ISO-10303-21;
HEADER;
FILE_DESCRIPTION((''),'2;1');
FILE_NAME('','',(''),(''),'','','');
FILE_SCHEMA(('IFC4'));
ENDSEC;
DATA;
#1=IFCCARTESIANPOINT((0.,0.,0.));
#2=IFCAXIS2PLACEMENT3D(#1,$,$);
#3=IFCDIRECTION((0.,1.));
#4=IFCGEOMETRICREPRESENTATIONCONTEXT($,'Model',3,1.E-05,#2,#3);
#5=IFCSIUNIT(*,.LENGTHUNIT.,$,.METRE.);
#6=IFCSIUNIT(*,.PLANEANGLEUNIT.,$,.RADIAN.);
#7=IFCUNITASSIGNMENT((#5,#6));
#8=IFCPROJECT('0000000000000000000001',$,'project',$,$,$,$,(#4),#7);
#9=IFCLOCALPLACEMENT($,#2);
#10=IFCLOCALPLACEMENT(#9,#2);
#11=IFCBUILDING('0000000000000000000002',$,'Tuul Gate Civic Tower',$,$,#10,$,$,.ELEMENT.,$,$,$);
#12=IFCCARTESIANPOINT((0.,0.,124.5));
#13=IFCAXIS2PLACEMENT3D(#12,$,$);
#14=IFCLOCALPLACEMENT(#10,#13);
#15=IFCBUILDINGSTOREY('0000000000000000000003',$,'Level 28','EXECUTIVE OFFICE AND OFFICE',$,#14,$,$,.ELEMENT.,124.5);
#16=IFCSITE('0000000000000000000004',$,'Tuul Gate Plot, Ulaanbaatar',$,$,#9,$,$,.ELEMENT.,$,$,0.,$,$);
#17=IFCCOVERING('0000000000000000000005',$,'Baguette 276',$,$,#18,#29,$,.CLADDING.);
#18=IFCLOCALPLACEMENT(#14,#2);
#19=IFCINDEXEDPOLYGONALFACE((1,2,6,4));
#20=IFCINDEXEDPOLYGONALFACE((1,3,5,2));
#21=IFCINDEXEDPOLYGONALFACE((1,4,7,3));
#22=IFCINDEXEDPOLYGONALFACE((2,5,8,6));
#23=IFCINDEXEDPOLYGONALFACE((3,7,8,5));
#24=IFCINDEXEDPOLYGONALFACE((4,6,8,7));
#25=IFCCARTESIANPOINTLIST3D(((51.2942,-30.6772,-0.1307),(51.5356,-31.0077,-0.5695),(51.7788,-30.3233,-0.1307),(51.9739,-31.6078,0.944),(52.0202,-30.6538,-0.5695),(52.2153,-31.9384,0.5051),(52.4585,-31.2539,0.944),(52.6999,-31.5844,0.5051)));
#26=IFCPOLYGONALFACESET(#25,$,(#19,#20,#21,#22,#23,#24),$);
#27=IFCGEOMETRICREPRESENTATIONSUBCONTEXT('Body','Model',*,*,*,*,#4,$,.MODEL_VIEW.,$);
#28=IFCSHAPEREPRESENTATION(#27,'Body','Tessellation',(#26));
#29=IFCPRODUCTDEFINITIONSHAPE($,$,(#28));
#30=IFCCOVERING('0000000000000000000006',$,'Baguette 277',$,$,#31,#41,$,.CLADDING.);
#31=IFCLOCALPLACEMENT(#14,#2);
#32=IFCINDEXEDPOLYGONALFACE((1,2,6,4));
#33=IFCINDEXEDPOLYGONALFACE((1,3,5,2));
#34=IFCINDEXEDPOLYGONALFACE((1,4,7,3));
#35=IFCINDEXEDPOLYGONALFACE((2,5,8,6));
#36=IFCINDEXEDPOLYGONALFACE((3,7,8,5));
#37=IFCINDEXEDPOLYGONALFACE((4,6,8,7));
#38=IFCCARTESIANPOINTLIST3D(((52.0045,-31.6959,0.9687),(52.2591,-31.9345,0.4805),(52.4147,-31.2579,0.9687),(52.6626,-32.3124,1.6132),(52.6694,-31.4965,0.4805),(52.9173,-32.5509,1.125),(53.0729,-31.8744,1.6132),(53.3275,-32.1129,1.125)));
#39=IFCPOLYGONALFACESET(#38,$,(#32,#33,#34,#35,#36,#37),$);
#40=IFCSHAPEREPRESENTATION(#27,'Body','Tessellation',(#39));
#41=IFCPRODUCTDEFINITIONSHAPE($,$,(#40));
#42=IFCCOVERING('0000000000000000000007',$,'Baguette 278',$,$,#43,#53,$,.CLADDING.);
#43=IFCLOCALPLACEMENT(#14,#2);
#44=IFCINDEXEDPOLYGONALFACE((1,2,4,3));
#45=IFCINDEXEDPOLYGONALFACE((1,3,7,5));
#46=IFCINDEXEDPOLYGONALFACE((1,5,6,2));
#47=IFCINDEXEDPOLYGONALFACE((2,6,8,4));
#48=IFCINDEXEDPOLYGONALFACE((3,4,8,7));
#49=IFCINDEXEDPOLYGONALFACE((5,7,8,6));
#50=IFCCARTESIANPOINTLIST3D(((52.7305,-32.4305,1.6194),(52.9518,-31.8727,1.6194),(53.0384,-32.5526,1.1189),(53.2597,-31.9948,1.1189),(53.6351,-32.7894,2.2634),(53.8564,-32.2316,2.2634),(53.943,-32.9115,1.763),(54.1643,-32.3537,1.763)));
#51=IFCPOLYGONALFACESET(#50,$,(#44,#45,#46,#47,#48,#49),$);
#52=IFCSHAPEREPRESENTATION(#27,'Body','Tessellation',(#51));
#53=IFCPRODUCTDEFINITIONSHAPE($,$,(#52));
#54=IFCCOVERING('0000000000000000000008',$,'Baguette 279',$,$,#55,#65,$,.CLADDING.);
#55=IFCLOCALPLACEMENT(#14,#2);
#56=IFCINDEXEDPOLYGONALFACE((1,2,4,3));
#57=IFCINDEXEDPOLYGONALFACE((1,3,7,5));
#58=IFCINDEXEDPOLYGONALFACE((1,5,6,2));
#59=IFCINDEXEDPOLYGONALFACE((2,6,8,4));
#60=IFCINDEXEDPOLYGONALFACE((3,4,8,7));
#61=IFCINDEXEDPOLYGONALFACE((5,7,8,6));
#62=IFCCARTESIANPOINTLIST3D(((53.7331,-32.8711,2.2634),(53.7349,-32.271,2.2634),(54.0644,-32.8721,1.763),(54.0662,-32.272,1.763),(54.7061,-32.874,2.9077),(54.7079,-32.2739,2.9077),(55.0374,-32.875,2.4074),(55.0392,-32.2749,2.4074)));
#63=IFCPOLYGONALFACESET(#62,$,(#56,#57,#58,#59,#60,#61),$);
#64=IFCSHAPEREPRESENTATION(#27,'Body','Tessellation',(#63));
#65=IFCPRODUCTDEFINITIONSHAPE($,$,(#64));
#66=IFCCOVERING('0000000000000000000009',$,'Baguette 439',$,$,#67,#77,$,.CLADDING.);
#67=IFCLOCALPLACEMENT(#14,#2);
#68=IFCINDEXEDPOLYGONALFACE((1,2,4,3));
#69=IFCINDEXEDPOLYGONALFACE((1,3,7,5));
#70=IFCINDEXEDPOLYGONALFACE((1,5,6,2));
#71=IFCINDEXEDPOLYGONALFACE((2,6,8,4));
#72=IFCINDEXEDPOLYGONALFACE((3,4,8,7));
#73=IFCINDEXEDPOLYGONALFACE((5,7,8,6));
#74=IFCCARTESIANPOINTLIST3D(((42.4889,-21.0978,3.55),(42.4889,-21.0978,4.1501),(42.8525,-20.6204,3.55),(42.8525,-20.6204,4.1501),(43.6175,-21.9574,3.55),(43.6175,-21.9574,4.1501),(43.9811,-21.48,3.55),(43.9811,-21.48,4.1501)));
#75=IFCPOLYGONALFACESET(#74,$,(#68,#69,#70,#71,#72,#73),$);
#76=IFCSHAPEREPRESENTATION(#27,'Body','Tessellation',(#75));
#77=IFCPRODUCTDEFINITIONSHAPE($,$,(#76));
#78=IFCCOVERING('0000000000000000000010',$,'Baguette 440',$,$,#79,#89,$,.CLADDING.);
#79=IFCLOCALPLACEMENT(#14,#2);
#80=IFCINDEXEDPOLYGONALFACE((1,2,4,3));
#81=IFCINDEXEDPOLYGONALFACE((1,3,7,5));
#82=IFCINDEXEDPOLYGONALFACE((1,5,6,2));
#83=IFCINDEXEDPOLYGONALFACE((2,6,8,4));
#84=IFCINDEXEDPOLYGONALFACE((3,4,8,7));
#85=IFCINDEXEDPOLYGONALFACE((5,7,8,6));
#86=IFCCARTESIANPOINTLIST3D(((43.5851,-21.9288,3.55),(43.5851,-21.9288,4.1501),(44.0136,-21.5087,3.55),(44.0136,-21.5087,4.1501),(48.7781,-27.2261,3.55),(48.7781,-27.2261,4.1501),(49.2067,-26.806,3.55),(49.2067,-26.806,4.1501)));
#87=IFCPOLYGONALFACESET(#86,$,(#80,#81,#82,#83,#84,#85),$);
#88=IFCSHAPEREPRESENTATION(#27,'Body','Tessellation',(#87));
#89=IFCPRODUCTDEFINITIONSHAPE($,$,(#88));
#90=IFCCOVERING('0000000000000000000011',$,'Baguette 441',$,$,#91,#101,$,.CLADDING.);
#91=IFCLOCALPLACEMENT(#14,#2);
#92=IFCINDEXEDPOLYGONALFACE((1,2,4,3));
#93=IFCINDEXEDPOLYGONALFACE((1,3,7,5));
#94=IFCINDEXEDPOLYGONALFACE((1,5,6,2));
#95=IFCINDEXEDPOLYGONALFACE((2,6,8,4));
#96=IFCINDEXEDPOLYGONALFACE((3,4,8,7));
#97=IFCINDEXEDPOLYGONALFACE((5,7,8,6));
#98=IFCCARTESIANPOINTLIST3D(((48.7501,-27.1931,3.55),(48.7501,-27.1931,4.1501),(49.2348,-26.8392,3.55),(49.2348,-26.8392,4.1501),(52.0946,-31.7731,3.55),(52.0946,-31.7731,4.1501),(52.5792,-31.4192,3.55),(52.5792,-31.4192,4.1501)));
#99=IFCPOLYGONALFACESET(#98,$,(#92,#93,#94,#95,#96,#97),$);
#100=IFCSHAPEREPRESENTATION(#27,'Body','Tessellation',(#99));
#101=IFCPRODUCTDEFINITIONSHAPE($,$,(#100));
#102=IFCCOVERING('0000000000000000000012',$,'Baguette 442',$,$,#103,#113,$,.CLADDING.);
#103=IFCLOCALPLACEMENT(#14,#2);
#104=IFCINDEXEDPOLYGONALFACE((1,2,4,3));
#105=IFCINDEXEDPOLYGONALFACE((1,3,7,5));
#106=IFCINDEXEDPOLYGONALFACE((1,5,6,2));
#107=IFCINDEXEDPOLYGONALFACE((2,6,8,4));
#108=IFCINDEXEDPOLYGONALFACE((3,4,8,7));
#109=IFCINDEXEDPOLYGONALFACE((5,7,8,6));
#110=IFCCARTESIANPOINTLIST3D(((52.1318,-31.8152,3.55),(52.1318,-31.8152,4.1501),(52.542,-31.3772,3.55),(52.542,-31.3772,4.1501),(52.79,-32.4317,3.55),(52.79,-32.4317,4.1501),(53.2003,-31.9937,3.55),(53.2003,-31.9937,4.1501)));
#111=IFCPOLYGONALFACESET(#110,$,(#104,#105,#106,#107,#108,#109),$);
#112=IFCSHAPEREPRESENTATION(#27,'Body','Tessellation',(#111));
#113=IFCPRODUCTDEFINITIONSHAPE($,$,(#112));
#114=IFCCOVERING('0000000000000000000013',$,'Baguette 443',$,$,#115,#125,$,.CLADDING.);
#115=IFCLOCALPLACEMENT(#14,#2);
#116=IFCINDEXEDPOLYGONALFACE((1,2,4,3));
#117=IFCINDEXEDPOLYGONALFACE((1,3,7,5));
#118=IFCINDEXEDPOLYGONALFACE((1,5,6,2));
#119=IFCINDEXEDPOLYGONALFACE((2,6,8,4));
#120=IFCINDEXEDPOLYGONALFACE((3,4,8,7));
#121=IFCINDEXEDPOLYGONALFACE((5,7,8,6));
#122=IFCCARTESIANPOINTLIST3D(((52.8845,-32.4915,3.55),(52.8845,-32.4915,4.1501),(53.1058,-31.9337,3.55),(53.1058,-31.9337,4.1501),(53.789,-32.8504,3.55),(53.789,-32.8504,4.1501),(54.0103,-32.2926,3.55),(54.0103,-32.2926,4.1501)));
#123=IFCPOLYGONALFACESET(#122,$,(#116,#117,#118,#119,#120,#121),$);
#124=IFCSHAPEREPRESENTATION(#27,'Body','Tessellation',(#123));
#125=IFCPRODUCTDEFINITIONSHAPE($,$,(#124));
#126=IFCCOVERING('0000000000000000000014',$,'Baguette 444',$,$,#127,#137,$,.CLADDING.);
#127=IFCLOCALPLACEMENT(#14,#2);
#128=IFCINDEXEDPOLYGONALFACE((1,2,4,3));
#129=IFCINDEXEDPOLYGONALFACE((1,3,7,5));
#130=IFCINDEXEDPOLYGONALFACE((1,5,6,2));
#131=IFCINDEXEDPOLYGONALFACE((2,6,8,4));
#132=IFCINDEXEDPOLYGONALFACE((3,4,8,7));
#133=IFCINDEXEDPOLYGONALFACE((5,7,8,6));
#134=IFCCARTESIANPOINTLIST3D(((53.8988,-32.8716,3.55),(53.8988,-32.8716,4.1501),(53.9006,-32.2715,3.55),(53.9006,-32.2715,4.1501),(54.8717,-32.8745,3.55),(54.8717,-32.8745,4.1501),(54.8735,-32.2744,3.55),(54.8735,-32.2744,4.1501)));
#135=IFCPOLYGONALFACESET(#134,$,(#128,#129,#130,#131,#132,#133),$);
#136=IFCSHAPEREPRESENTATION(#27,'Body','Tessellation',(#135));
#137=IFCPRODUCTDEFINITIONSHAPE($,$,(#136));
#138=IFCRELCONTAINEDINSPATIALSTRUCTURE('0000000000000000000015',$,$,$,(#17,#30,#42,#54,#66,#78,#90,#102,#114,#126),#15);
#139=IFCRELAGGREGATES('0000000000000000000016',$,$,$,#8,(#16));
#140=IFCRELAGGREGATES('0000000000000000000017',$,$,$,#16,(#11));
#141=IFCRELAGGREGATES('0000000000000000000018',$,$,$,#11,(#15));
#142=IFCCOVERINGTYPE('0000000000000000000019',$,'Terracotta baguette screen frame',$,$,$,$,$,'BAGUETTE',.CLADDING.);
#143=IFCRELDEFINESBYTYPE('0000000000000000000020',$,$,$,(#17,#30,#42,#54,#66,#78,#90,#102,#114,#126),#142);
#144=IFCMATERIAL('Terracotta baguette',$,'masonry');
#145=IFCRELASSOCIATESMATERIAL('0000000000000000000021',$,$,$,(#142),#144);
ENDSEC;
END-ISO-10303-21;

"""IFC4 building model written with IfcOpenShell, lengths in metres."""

from ifc_helpers import new_model, si_unit, direction, frame, origin, origin_2d, place, context, subcontext, project, spatial, rectangle, extrude, material, material_profile, profile_set, type_object, element, save


model = new_model("IFC4")

# Units and contexts
model_context = context("Model", 3, precision=1e-05, world=origin(), true_north=direction((0.0, 1.0)))
body_context = subcontext(model_context, "Body", "Model", "MODEL_VIEW")
ifc_project = project(units=[si_unit("LENGTHUNIT", "METRE"), si_unit("PLANEANGLEUNIT", "RADIAN")], contexts=[model_context])

# Site, building, storey
site_placement = place(None, origin())
site = spatial("IfcSite", under=ifc_project, at=site_placement, Name="Tuul Gate Plot, Ulaanbaatar", CompositionType="ELEMENT", RefElevation=0.0)
building_placement = place(site_placement, origin())
building = spatial("IfcBuilding", under=site, at=building_placement, Name="Tuul Gate Civic Tower", CompositionType="ELEMENT")
storey_placement = place(building_placement, frame((0.0, 0.0, 124.5)))
storey = spatial("IfcBuildingStorey", under=building, at=storey_placement, Name="Level 28", Description="EXECUTIVE OFFICE AND OFFICE", CompositionType="ELEMENT", Elevation=124.5)

# Coverings
ifc_material_1 = material(Name="Terracotta baguette", Category="masonry")
ifc_material_profile_1 = material_profile(ifc_material_1, rectangle(XDim=0.6001, YDim=0.6001, at=origin_2d()), Name="Terracotta baguette screen frame")
ifc_profile_set_1 = profile_set([ifc_material_profile_1], Name="Terracotta baguette")
covering_type = type_object("IfcCoveringType", Name="Terracotta baguette screen frame", ElementType="BAGUETTE", PredefinedType="CLADDING", material=ifc_profile_set_1)
covering_1_placement = place(storey_placement, frame((51.6572, -30.6655, -0.3501), z_axis=(0.431332, -0.590603, 0.682013), x_axis=(0.807562, 0.589783, 0.0)))
element("IfcCovering", 1, at=covering_1_placement, inside=storey, type_object=covering_type, Name="Baguette 276", PredefinedType="CLADDING", context=body_context, shape_type="SweptSolid", body=[
    extrude(rectangle(XDim=0.6001, YDim=0.6001, at=origin_2d()), origin(), (0.0, 0.0, 1.0), 1.5757),
])
covering_2_placement = place(storey_placement, frame((52.3369, -31.5962, 0.7246), z_axis=(0.593803, -0.55614, 0.581469), x_axis=(0.683581, 0.729875, 0.0)))
element("IfcCovering", 2, at=covering_2_placement, inside=storey, type_object=covering_type, Name="Baguette 277", PredefinedType="CLADDING", context=body_context, shape_type="SweptSolid", body=[
    extrude(rectangle(XDim=0.6001, YDim=0.6001, at=origin_2d()), origin(), (0.0, 0.0, 1.0), 1.1084),
])
for number, where, z_axis, x_axis, name in (
    (3, (52.9951, -32.2126, 1.3691), (0.775129, -0.307541, 0.5519), (0.368794, 0.929511, 0.0), "Baguette 278"),
    (4, (53.8997, -32.5715, 2.0132), (0.83375, -0.002511, 0.552137), (0.003011, 0.999995, 0.0), "Baguette 279"),
):
    element("IfcCovering", number, at=place(storey_placement, frame(where, z_axis=z_axis, x_axis=x_axis)), inside=storey, type_object=covering_type, Name=name, PredefinedType="CLADDING", context=body_context, shape_type="SweptSolid", body=[
        extrude(rectangle(XDim=0.6001, YDim=0.6001, at=origin_2d()), origin(), (0.0, 0.0, 1.0), 1.167),
    ])
covering_3_placement = place(storey_placement, frame((42.6707, -20.8591, 3.8501), z_axis=(0.795538, -0.605903, 0.0), x_axis=(0.605903, 0.795538, 0.0)))
element("IfcCovering", 5, at=covering_3_placement, inside=storey, type_object=covering_type, Name="Baguette 439", PredefinedType="CLADDING", context=body_context, shape_type="SweptSolid", body=[
    extrude(rectangle(XDim=0.6001, YDim=0.6001, at=origin_2d()), origin(), (0.0, 0.0, 1.0), 1.4187),
])
covering_4_placement = place(storey_placement, frame((43.7993, -21.7188, 3.8501), z_axis=(0.700045, -0.714098, 0.0), x_axis=(0.714098, 0.700045, 0.0)))
element("IfcCovering", 6, at=covering_4_placement, inside=storey, type_object=covering_type, Name="Baguette 440", PredefinedType="CLADDING", context=body_context, shape_type="SweptSolid", body=[
    extrude(rectangle(XDim=0.6001, YDim=0.6001, at=origin_2d()), origin(), (0.0, 0.0, 1.0), 7.4182),
])
covering_5_placement = place(storey_placement, frame((48.9924, -27.0161, 3.8501), z_axis=(0.589729, -0.807601, 0.0), x_axis=(0.807601, 0.589729, 0.0)))
element("IfcCovering", 7, at=covering_5_placement, inside=storey, type_object=covering_type, Name="Baguette 441", PredefinedType="CLADDING", context=body_context, shape_type="SweptSolid", body=[
    extrude(rectangle(XDim=0.6001, YDim=0.6001, at=origin_2d()), origin(), (0.0, 0.0, 1.0), 5.6711),
])
covering_6_placement = place(storey_placement, frame((52.3369, -31.5962, 3.8501), z_axis=(0.729875, -0.683581, 0.0), x_axis=(0.683581, 0.729875, 0.0)))
element("IfcCovering", 8, at=covering_6_placement, inside=storey, type_object=covering_type, Name="Baguette 442", PredefinedType="CLADDING", context=body_context, shape_type="SweptSolid", body=[
    extrude(rectangle(XDim=0.6001, YDim=0.6001, at=origin_2d()), origin(), (0.0, 0.0, 1.0), 0.9019),
])
covering_7_placement = place(storey_placement, frame((52.9951, -32.2126, 3.8501), z_axis=(0.929511, -0.368794, 0.0), x_axis=(0.368794, 0.929511, 0.0)))
element("IfcCovering", 9, at=covering_7_placement, inside=storey, type_object=covering_type, Name="Baguette 443", PredefinedType="CLADDING", context=body_context, shape_type="SweptSolid", body=[
    extrude(rectangle(XDim=0.6001, YDim=0.6001, at=origin_2d()), origin(), (0.0, 0.0, 1.0), 0.9731),
])
covering_8_placement = place(storey_placement, frame((53.8997, -32.5715, 3.8501), z_axis=(0.999995, -0.003011, 0.0), x_axis=(0.003011, 0.999995, 0.0)))
element("IfcCovering", 10, at=covering_8_placement, inside=storey, type_object=covering_type, Name="Baguette 444", PredefinedType="CLADDING", context=body_context, shape_type="SweptSolid", body=[
    extrude(rectangle(XDim=0.6001, YDim=0.6001, at=origin_2d()), origin(), (0.0, 0.0, 1.0), 0.9729),
])

save(model, "model.ifc")
